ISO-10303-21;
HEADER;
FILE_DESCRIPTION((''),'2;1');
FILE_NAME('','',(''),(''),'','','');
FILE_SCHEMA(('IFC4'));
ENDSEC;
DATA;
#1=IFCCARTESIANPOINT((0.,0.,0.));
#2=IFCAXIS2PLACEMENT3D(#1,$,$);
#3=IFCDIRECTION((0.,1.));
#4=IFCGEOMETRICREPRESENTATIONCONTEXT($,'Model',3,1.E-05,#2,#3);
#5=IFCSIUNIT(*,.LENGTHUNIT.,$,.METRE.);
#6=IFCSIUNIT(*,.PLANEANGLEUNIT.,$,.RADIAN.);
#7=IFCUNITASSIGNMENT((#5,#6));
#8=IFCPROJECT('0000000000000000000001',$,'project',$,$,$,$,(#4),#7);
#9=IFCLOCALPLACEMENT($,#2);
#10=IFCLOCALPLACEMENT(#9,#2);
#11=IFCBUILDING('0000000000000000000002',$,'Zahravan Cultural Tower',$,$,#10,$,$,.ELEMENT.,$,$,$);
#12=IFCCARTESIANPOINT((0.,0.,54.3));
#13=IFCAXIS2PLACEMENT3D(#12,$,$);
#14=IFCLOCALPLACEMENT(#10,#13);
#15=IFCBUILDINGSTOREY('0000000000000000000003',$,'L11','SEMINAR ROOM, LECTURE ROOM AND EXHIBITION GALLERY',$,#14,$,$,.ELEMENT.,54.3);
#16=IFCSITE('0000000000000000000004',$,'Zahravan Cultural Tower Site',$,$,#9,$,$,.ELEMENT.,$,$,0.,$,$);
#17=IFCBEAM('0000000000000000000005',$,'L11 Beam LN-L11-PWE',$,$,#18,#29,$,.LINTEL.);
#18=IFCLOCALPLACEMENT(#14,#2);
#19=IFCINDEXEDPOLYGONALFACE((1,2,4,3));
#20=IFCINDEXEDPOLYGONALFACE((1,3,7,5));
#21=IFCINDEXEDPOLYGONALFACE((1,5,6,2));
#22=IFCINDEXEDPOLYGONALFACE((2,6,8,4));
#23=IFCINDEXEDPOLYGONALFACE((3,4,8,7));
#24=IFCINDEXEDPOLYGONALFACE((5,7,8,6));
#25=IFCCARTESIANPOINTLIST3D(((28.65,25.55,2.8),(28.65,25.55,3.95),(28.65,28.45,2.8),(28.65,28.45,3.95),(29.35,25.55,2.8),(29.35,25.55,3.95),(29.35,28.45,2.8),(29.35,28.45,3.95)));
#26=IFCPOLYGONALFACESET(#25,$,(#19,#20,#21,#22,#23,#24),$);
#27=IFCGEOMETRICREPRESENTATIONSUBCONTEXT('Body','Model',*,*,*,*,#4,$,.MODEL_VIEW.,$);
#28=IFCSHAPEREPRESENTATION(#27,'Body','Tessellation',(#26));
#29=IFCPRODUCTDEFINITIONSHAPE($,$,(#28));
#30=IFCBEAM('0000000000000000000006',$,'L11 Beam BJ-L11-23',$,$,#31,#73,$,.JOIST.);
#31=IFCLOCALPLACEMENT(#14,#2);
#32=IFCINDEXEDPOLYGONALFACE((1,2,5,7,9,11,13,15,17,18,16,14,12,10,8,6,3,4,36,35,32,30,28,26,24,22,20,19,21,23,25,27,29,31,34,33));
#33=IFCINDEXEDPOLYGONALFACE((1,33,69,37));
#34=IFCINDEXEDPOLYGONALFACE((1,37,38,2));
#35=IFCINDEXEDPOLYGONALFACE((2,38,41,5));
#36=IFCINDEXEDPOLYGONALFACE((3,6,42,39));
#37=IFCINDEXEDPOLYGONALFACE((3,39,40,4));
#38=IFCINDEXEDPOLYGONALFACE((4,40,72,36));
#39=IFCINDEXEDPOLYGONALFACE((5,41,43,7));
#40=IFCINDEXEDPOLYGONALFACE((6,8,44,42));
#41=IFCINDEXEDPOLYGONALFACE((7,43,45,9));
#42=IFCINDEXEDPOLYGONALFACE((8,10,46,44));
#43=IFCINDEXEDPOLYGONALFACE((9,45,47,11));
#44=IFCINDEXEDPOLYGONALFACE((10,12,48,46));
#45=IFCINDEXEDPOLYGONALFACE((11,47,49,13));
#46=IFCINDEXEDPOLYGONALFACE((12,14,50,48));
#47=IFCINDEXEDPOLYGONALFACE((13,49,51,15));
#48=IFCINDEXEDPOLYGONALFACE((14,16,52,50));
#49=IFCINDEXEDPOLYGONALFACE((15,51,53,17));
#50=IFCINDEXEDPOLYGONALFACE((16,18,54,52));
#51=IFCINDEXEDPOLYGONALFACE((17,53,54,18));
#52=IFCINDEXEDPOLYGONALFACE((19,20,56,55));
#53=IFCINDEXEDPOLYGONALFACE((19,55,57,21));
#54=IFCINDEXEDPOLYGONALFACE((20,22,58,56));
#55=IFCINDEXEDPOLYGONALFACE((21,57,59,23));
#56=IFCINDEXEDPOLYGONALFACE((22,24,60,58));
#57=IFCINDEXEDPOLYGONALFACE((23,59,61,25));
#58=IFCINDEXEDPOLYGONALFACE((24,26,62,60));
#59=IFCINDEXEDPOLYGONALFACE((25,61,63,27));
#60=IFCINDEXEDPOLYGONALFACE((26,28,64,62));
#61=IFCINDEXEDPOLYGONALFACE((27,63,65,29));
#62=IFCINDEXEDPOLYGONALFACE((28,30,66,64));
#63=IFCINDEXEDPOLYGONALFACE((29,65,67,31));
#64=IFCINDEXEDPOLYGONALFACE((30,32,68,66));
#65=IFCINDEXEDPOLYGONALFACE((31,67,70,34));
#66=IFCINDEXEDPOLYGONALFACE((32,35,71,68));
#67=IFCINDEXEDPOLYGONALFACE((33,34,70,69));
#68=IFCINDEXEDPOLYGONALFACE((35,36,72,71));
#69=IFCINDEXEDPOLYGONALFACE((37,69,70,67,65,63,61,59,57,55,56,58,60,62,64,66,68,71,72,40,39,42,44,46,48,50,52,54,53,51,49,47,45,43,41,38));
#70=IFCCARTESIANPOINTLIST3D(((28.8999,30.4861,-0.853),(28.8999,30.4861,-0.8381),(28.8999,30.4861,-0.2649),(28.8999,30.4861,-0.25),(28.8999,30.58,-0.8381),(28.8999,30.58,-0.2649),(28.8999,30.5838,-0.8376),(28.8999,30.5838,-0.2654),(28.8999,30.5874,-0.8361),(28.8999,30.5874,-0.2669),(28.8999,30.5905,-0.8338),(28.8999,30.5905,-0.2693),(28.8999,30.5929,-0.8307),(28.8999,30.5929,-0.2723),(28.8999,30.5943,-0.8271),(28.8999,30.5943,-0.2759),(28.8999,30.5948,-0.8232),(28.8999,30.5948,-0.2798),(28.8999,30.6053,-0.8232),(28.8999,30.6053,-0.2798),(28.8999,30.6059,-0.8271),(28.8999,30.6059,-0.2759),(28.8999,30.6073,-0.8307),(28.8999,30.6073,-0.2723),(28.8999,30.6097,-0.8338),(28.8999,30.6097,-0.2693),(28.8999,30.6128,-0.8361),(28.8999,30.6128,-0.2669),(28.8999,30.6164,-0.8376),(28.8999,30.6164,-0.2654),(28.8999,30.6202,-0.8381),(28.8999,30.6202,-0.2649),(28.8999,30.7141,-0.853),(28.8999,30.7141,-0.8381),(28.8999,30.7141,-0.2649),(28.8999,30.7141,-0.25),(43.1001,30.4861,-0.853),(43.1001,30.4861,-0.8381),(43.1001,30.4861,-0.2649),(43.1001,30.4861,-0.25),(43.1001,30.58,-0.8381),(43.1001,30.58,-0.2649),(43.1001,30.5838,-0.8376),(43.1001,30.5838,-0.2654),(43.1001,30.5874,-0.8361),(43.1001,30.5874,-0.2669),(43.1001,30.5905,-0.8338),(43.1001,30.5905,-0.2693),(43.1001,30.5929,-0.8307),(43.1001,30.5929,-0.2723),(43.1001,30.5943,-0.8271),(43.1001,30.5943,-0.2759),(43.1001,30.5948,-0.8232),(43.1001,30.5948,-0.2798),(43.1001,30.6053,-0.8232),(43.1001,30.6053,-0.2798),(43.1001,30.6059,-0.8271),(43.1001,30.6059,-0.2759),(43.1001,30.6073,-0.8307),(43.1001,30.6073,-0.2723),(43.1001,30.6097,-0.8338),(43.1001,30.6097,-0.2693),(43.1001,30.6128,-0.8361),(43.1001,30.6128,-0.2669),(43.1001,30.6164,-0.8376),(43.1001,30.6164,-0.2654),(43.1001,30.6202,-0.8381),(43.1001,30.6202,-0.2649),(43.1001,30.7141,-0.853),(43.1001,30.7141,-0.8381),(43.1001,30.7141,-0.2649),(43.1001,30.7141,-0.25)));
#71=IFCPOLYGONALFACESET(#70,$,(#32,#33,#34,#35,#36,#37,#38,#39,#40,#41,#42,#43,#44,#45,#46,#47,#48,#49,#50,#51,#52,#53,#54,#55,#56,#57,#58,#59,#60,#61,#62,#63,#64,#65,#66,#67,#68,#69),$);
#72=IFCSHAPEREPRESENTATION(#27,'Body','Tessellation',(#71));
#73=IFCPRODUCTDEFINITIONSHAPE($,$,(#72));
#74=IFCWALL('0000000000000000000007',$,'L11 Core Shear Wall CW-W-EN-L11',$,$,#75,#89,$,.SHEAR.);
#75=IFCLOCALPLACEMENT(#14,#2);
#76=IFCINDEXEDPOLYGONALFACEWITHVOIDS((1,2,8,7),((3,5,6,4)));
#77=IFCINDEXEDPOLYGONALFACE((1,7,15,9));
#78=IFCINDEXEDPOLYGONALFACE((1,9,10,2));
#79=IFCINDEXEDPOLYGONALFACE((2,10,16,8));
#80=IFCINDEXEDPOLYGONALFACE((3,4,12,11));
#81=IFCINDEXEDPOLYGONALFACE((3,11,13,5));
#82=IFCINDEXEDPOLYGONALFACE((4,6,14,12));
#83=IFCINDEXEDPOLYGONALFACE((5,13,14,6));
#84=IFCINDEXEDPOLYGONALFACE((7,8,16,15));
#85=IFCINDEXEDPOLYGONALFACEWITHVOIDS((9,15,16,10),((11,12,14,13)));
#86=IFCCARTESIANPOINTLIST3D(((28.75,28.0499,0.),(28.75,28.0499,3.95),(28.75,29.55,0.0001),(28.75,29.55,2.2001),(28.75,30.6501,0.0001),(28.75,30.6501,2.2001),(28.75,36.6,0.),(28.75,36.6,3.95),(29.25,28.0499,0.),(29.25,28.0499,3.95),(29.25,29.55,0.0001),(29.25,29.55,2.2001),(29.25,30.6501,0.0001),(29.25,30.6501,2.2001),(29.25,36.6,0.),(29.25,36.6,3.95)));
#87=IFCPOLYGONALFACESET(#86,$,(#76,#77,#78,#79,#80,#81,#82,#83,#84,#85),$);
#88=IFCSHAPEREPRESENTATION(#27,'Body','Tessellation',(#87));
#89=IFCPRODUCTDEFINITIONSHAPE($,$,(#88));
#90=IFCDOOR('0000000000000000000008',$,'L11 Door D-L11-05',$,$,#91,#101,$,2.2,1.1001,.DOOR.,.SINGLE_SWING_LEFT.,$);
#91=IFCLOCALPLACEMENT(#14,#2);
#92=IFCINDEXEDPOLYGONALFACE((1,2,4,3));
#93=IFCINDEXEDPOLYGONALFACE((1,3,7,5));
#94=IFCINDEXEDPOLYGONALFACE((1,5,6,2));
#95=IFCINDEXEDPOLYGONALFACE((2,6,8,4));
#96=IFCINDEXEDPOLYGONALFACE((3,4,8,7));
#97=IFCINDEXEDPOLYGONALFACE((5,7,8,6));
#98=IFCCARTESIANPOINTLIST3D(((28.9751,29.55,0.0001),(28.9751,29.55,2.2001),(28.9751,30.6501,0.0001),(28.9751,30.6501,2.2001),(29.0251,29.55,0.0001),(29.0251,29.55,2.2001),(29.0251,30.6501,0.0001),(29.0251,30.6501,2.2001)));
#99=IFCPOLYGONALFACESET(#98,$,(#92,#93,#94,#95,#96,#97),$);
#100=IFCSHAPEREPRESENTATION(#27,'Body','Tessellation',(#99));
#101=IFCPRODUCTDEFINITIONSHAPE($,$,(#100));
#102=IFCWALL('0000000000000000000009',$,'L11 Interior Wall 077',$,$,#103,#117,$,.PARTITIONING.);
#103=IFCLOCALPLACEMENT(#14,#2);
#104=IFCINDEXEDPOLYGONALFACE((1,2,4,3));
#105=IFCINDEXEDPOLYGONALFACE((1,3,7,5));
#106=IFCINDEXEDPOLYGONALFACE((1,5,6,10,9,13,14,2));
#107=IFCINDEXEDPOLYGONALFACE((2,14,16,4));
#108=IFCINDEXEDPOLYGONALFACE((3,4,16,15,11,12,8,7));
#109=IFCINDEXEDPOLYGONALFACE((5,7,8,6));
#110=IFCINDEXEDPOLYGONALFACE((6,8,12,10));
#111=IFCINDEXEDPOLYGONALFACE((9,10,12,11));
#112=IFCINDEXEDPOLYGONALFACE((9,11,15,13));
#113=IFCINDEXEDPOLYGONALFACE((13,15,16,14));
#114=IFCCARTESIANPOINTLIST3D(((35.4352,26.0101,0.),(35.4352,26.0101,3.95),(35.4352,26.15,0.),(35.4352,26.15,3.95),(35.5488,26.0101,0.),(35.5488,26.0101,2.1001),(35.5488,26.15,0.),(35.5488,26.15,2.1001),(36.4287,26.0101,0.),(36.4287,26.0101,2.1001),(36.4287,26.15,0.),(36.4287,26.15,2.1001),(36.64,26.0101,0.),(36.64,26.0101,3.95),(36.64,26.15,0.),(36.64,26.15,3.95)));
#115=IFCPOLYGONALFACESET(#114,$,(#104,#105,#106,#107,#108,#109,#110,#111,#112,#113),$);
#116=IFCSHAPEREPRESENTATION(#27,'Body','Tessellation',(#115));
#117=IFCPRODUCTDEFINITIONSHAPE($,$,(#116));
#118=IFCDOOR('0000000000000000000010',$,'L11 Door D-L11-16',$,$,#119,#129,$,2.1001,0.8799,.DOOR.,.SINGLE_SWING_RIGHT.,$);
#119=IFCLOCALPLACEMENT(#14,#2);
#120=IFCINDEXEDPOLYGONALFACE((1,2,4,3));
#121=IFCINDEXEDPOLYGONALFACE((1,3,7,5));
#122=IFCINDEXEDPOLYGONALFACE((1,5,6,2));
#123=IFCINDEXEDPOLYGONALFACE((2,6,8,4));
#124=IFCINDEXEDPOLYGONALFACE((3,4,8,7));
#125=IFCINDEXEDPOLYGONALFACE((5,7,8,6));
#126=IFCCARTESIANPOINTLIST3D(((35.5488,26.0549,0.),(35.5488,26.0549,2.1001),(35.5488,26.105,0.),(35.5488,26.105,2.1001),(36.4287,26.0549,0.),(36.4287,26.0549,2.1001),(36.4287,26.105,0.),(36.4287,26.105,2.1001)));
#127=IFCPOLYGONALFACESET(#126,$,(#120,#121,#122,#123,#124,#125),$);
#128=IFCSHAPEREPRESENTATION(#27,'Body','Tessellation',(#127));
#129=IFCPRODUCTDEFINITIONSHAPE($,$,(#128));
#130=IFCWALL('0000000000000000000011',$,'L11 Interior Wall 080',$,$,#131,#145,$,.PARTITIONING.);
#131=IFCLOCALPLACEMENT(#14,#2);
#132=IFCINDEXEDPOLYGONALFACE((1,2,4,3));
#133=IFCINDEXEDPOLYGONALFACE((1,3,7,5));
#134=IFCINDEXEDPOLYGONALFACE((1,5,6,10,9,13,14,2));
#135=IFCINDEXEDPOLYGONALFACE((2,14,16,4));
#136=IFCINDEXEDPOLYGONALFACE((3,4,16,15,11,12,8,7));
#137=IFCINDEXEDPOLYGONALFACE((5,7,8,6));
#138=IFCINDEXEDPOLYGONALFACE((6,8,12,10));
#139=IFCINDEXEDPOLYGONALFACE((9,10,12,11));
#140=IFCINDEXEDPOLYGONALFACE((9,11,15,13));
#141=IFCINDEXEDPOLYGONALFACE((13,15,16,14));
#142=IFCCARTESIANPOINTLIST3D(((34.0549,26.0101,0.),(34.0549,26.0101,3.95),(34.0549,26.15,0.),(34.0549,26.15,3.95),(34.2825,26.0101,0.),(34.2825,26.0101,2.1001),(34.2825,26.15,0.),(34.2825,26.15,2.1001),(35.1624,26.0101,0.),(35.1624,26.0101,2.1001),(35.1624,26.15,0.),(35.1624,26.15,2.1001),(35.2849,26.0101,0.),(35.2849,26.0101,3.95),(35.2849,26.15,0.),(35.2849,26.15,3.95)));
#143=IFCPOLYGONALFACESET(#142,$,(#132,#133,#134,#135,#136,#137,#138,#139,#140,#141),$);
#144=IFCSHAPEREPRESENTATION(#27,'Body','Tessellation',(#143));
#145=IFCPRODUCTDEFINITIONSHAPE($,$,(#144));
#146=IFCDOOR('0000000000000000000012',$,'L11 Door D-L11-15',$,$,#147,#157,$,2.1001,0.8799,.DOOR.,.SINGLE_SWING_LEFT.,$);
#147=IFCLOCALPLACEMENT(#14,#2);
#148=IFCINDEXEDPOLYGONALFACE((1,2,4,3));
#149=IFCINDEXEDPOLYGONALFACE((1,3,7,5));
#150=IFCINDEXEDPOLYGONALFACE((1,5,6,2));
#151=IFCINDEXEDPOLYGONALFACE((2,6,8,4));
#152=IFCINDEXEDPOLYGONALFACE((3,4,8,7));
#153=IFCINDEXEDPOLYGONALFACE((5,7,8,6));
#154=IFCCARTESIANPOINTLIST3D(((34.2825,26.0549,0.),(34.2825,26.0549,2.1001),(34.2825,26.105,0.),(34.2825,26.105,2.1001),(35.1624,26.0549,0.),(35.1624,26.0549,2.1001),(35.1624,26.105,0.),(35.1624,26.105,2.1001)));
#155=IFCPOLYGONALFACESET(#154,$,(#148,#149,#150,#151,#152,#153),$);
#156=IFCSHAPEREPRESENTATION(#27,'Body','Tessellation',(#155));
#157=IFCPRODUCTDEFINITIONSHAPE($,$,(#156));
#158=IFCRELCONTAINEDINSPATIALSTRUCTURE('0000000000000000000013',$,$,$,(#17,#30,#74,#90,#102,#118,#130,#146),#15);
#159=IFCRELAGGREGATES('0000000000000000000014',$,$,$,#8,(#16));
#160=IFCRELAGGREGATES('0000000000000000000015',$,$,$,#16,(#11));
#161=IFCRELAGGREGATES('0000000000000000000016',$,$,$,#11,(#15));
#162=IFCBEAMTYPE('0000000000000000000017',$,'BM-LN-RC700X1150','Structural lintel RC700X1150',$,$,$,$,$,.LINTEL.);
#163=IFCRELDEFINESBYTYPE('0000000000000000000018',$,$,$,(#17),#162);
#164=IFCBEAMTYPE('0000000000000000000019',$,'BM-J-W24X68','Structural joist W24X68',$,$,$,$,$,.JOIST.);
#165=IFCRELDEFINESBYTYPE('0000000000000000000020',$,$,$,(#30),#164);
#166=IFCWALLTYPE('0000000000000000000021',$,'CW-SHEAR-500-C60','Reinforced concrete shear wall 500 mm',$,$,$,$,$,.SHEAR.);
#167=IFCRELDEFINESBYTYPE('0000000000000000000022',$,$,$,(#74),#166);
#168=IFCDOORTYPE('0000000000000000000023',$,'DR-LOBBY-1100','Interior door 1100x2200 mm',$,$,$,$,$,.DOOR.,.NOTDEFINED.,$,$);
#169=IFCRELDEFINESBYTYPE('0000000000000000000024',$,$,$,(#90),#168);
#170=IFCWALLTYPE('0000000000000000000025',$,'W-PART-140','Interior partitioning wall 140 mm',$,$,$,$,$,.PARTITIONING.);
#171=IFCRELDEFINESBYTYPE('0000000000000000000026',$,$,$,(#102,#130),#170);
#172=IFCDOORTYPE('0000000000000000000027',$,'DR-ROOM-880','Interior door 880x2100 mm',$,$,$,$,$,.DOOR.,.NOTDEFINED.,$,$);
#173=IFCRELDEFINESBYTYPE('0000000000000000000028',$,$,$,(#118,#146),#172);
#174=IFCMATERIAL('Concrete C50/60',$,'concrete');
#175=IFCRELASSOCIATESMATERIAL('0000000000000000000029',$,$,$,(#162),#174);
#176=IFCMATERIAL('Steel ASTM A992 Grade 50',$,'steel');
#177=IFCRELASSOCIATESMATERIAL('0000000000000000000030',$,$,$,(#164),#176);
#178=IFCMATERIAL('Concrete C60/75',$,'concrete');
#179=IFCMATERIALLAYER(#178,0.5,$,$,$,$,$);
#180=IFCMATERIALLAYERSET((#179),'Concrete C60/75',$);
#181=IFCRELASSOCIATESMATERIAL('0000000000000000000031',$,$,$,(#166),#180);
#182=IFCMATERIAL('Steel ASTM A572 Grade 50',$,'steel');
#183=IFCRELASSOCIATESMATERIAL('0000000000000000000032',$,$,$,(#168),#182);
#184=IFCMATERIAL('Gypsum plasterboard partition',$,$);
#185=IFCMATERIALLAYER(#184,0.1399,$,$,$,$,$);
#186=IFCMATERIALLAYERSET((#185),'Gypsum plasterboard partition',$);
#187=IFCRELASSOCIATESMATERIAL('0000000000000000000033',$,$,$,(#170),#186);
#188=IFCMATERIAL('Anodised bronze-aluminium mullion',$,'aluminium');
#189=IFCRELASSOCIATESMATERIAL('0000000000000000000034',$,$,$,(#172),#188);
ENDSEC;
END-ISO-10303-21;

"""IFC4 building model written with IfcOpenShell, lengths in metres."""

from ifc_helpers import new_model, si_unit, direction, frame, frame_2d, origin, origin_2d, place, context, subcontext, project, spatial, rectangle, i_section, extrude, source, transform, mapped, material, layer, layer_set, material_profile, profile_set, type_object, element, fill, save


model = new_model("IFC4")

# Units and contexts
model_context = context("Model", 3, precision=1e-05, world=origin(), true_north=direction((0.0, 1.0)))
body_context = subcontext(model_context, "Body", "Model", "MODEL_VIEW")
ifc_project = project(units=[si_unit("LENGTHUNIT", "METRE"), si_unit("PLANEANGLEUNIT", "RADIAN")], contexts=[model_context])

# Site, building, storey
site_placement = place(None, origin())
site = spatial("IfcSite", under=ifc_project, at=site_placement, Name="Zahravan Cultural Tower Site", CompositionType="ELEMENT", RefElevation=0.0)
building_placement = place(site_placement, origin())
building = spatial("IfcBuilding", under=site, at=building_placement, Name="Zahravan Cultural Tower", CompositionType="ELEMENT")
storey_placement = place(building_placement, frame((0.0, 0.0, 54.3)))
storey = spatial("IfcBuildingStorey", under=building, at=storey_placement, Name="L11", Description="SEMINAR ROOM, LECTURE ROOM AND EXHIBITION GALLERY", CompositionType="ELEMENT", Elevation=54.3)

# Beams
ifc_material_1 = material(Name="Concrete C50/60", Category="concrete")
ifc_material_profile_1 = material_profile(ifc_material_1, rectangle(XDim=0.7, YDim=1.1499, at=origin_2d()), Name="RC700X1150")
ifc_profile_set_1 = profile_set([ifc_material_profile_1], Name="Concrete C50/60")
beam_type_1 = type_object("IfcBeamType", Name="BM-LN-RC700X1150", Description="Structural lintel RC700X1150", PredefinedType="LINTEL", material=ifc_profile_set_1)
shared_shape_1 = source(origin(), body_context, "Body", "SweptSolid", [
    extrude(rectangle(XDim=0.7, YDim=1.1499, at=origin_2d()), origin(), (0.0, 0.0, 1.0), 2.8999),
])
beam_1_placement = place(storey_placement, frame((29.0, 25.55, 3.375), z_axis=(0.0, 1.0, 0.0), x_axis=(-1.0, 0.0, 0.0)))
element("IfcBeam", 1, at=beam_1_placement, inside=storey, type_object=beam_type_1, Name="L11 Beam LN-L11-PWE", PredefinedType="LINTEL", context=body_context, shape_type="MappedRepresentation", body=[
    mapped(shared_shape_1, transform((0.0, 0.0, 0.0), x_axis=(1.0, 0.0, 0.0), y_axis=(0.0, 1.0, 0.0), z_axis=(0.0, 0.0, 1.0), scale=1.0)),
])
ifc_material_2 = material(Name="Steel ASTM A992 Grade 50", Category="steel")
ifc_material_profile_2 = material_profile(ifc_material_2, i_section(OverallWidth=0.228, OverallDepth=0.603, WebThickness=0.0105, FlangeThickness=0.0149, FilletRadius=0.0149, at=origin_2d()), Name="W24X68")
ifc_profile_set_2 = profile_set([ifc_material_profile_2], Name="Steel ASTM A992 Grade 50")
beam_type_2 = type_object("IfcBeamType", Name="BM-J-W24X68", Description="Structural joist W24X68", PredefinedType="JOIST", material=ifc_profile_set_2)
shared_shape_2 = source(origin(), body_context, "Body", "SweptSolid", [
    extrude(i_section(OverallWidth=0.228, OverallDepth=0.603, WebThickness=0.0105, FlangeThickness=0.0149, FilletRadius=0.0149, at=origin_2d()), origin(), (0.0, 0.0, 1.0), 14.2002),
])
beam_2_placement = place(storey_placement, frame((28.8999, 30.6001, -0.5515), z_axis=(1.0, 0.0, 0.0), x_axis=(0.0, 1.0, 0.0)))
element("IfcBeam", 2, at=beam_2_placement, inside=storey, type_object=beam_type_2, Name="L11 Beam BJ-L11-23", PredefinedType="JOIST", context=body_context, shape_type="MappedRepresentation", body=[
    mapped(shared_shape_2, transform((0.0, 0.0, 0.0), x_axis=(1.0, 0.0, 0.0), y_axis=(0.0, 1.0, 0.0), z_axis=(0.0, 0.0, 1.0), scale=1.0)),
])

# Walls, openings, doors
ifc_material_3 = material(Name="Concrete C60/75", Category="concrete")
ifc_layer_1 = layer(ifc_material_3, 0.5)
ifc_layer_set_1 = layer_set([ifc_layer_1], Name="Concrete C60/75")
wall_type_1 = type_object("IfcWallType", Name="CW-SHEAR-500-C60", Description="Reinforced concrete shear wall 500 mm", PredefinedType="SHEAR", material=ifc_layer_set_1)
wall_1_placement = place(storey_placement, frame((29.0, 28.05, 0.0), z_axis=(0.0, 0.0, 1.0), x_axis=(0.0, 1.0, 0.0)))
wall_1 = element("IfcWall", 3, at=wall_1_placement, inside=storey, type_object=wall_type_1, Name="L11 Core Shear Wall CW-W-EN-L11", PredefinedType="SHEAR", context=body_context, shape_type="SweptSolid", body=[
    extrude(rectangle(XDim=8.55, YDim=0.5, at=frame_2d((4.2749, 0.0))), origin(), (0.0, 0.0, 1.0), 3.95),
])
opening_1_placement = place(wall_1_placement, frame((1.5, 0.0, 0.0)))
opening_1 = element("IfcOpeningElement", 4, at=opening_1_placement, cuts=wall_1, PredefinedType="OPENING", context=body_context, shape_type="SweptSolid", body=[
    extrude(rectangle(XDim=1.1001, YDim=2.2, at=frame_2d((0.55, 1.1001))), frame((0.0, 0.26, 0.0), z_axis=(0.0, -1.0, 0.0), x_axis=(1.0, 0.0, 0.0)), (0.0, 0.0, 1.0), 0.52),
])
ifc_material_4 = material(Name="Steel ASTM A572 Grade 50", Category="steel")
door_type_1 = type_object("IfcDoorType", Name="DR-LOBBY-1100", Description="Interior door 1100x2200 mm", OperationType="NOTDEFINED", PredefinedType="DOOR", material=ifc_material_4)
shared_shape_3 = source(origin(), body_context, "Body", "SweptSolid", [
    extrude(rectangle(XDim=1.1001, YDim=2.2, at=frame_2d((0.55, 1.1001))), frame((0.0, 0.0249, 0.0), z_axis=(0.0, -1.0, 0.0), x_axis=(1.0, 0.0, 0.0)), (0.0, 0.0, 1.0), 0.05),
])
door_1_placement = place(opening_1_placement, origin())
door_1 = element("IfcDoor", 5, at=door_1_placement, inside=storey, type_object=door_type_1, Name="L11 Door D-L11-05", OperationType="SINGLE_SWING_LEFT", OverallHeight=2.2, OverallWidth=1.1001, PredefinedType="DOOR", context=body_context, shape_type="MappedRepresentation", body=[
    mapped(shared_shape_3, transform((0.0, 0.0, 0.0), x_axis=(1.0, 0.0, 0.0), y_axis=(0.0, 1.0, 0.0), z_axis=(0.0, 0.0, 1.0), scale=1.0)),
])
fill(opening_1, door_1)
ifc_material_5 = material(Name="Gypsum plasterboard partition")
ifc_layer_2 = layer(ifc_material_5, 0.1399)
ifc_layer_set_2 = layer_set([ifc_layer_2], Name="Gypsum plasterboard partition")
wall_type_2 = type_object("IfcWallType", Name="W-PART-140", Description="Interior partitioning wall 140 mm", PredefinedType="PARTITIONING", material=ifc_layer_set_2)
wall_2_placement = place(storey_placement, frame((35.4351, 26.0801, 0.0), z_axis=(0.0, 0.0, 1.0), x_axis=(1.0, 0.0, 0.0)))
wall_2 = element("IfcWall", 6, at=wall_2_placement, inside=storey, type_object=wall_type_2, Name="L11 Interior Wall 077", PredefinedType="PARTITIONING", context=body_context, shape_type="SweptSolid", body=[
    extrude(rectangle(XDim=1.2048, YDim=0.1399, at=frame_2d((0.6025, 0.0))), origin(), (0.0, 0.0, 1.0), 3.95),
])
opening_2_placement = place(wall_2_placement, frame((0.1138, 0.0, 0.0)))
opening_2 = element("IfcOpeningElement", 7, at=opening_2_placement, cuts=wall_2, PredefinedType="OPENING", context=body_context, shape_type="SweptSolid", body=[
    extrude(rectangle(XDim=0.8799, YDim=2.1001, at=frame_2d((0.4399, 1.05))), frame((0.0, 0.0798, 0.0), z_axis=(0.0, -1.0, 0.0), x_axis=(1.0, 0.0, 0.0)), (0.0, 0.0, 1.0), 0.1599),
])
ifc_material_6 = material(Name="Anodised bronze-aluminium mullion", Category="aluminium")
door_type_2 = type_object("IfcDoorType", Name="DR-ROOM-880", Description="Interior door 880x2100 mm", OperationType="NOTDEFINED", PredefinedType="DOOR", material=ifc_material_6)
shared_shape_4 = source(origin(), body_context, "Body", "SweptSolid", [
    extrude(rectangle(XDim=0.8799, YDim=2.1001, at=frame_2d((0.4399, 1.05))), frame((0.0, 0.0249, 0.0), z_axis=(0.0, -1.0, 0.0), x_axis=(1.0, 0.0, 0.0)), (0.0, 0.0, 1.0), 0.05),
])
door_2_placement = place(opening_2_placement, origin())
door_2 = element("IfcDoor", 8, at=door_2_placement, inside=storey, type_object=door_type_2, Name="L11 Door D-L11-16", OperationType="SINGLE_SWING_RIGHT", OverallHeight=2.1001, OverallWidth=0.8799, PredefinedType="DOOR", context=body_context, shape_type="MappedRepresentation", body=[
    mapped(shared_shape_4, transform((0.0, 0.0, 0.0), x_axis=(1.0, 0.0, 0.0), y_axis=(0.0, 1.0, 0.0), z_axis=(0.0, 0.0, 1.0), scale=1.0)),
])
fill(opening_2, door_2)
wall_3_placement = place(storey_placement, frame((34.0549, 26.0801, 0.0), z_axis=(0.0, 0.0, 1.0), x_axis=(1.0, 0.0, 0.0)))
wall_3 = element("IfcWall", 9, at=wall_3_placement, inside=storey, type_object=wall_type_2, Name="L11 Interior Wall 080", PredefinedType="PARTITIONING", context=body_context, shape_type="SweptSolid", body=[
    extrude(rectangle(XDim=1.23, YDim=0.1399, at=frame_2d((0.615, 0.0))), origin(), (0.0, 0.0, 1.0), 3.95),
])
opening_3_placement = place(wall_3_placement, frame((0.2275, 0.0, 0.0)))
opening_3 = element("IfcOpeningElement", 10, at=opening_3_placement, cuts=wall_3, PredefinedType="OPENING", context=body_context, shape_type="SweptSolid", body=[
    extrude(rectangle(XDim=0.8799, YDim=2.1001, at=frame_2d((0.4399, 1.05))), frame((0.0, 0.0798, 0.0), z_axis=(0.0, -1.0, 0.0), x_axis=(1.0, 0.0, 0.0)), (0.0, 0.0, 1.0), 0.1599),
])
door_3_placement = place(opening_3_placement, origin())
door_3 = element("IfcDoor", 11, at=door_3_placement, inside=storey, type_object=door_type_2, Name="L11 Door D-L11-15", OperationType="SINGLE_SWING_LEFT", OverallHeight=2.1001, OverallWidth=0.8799, PredefinedType="DOOR", context=body_context, shape_type="MappedRepresentation", body=[
    mapped(shared_shape_4, transform((0.0, 0.0, 0.0), x_axis=(1.0, 0.0, 0.0), y_axis=(0.0, 1.0, 0.0), z_axis=(0.0, 0.0, 1.0), scale=1.0)),
])
fill(opening_3, door_3)

save(model, "model.ifc")
